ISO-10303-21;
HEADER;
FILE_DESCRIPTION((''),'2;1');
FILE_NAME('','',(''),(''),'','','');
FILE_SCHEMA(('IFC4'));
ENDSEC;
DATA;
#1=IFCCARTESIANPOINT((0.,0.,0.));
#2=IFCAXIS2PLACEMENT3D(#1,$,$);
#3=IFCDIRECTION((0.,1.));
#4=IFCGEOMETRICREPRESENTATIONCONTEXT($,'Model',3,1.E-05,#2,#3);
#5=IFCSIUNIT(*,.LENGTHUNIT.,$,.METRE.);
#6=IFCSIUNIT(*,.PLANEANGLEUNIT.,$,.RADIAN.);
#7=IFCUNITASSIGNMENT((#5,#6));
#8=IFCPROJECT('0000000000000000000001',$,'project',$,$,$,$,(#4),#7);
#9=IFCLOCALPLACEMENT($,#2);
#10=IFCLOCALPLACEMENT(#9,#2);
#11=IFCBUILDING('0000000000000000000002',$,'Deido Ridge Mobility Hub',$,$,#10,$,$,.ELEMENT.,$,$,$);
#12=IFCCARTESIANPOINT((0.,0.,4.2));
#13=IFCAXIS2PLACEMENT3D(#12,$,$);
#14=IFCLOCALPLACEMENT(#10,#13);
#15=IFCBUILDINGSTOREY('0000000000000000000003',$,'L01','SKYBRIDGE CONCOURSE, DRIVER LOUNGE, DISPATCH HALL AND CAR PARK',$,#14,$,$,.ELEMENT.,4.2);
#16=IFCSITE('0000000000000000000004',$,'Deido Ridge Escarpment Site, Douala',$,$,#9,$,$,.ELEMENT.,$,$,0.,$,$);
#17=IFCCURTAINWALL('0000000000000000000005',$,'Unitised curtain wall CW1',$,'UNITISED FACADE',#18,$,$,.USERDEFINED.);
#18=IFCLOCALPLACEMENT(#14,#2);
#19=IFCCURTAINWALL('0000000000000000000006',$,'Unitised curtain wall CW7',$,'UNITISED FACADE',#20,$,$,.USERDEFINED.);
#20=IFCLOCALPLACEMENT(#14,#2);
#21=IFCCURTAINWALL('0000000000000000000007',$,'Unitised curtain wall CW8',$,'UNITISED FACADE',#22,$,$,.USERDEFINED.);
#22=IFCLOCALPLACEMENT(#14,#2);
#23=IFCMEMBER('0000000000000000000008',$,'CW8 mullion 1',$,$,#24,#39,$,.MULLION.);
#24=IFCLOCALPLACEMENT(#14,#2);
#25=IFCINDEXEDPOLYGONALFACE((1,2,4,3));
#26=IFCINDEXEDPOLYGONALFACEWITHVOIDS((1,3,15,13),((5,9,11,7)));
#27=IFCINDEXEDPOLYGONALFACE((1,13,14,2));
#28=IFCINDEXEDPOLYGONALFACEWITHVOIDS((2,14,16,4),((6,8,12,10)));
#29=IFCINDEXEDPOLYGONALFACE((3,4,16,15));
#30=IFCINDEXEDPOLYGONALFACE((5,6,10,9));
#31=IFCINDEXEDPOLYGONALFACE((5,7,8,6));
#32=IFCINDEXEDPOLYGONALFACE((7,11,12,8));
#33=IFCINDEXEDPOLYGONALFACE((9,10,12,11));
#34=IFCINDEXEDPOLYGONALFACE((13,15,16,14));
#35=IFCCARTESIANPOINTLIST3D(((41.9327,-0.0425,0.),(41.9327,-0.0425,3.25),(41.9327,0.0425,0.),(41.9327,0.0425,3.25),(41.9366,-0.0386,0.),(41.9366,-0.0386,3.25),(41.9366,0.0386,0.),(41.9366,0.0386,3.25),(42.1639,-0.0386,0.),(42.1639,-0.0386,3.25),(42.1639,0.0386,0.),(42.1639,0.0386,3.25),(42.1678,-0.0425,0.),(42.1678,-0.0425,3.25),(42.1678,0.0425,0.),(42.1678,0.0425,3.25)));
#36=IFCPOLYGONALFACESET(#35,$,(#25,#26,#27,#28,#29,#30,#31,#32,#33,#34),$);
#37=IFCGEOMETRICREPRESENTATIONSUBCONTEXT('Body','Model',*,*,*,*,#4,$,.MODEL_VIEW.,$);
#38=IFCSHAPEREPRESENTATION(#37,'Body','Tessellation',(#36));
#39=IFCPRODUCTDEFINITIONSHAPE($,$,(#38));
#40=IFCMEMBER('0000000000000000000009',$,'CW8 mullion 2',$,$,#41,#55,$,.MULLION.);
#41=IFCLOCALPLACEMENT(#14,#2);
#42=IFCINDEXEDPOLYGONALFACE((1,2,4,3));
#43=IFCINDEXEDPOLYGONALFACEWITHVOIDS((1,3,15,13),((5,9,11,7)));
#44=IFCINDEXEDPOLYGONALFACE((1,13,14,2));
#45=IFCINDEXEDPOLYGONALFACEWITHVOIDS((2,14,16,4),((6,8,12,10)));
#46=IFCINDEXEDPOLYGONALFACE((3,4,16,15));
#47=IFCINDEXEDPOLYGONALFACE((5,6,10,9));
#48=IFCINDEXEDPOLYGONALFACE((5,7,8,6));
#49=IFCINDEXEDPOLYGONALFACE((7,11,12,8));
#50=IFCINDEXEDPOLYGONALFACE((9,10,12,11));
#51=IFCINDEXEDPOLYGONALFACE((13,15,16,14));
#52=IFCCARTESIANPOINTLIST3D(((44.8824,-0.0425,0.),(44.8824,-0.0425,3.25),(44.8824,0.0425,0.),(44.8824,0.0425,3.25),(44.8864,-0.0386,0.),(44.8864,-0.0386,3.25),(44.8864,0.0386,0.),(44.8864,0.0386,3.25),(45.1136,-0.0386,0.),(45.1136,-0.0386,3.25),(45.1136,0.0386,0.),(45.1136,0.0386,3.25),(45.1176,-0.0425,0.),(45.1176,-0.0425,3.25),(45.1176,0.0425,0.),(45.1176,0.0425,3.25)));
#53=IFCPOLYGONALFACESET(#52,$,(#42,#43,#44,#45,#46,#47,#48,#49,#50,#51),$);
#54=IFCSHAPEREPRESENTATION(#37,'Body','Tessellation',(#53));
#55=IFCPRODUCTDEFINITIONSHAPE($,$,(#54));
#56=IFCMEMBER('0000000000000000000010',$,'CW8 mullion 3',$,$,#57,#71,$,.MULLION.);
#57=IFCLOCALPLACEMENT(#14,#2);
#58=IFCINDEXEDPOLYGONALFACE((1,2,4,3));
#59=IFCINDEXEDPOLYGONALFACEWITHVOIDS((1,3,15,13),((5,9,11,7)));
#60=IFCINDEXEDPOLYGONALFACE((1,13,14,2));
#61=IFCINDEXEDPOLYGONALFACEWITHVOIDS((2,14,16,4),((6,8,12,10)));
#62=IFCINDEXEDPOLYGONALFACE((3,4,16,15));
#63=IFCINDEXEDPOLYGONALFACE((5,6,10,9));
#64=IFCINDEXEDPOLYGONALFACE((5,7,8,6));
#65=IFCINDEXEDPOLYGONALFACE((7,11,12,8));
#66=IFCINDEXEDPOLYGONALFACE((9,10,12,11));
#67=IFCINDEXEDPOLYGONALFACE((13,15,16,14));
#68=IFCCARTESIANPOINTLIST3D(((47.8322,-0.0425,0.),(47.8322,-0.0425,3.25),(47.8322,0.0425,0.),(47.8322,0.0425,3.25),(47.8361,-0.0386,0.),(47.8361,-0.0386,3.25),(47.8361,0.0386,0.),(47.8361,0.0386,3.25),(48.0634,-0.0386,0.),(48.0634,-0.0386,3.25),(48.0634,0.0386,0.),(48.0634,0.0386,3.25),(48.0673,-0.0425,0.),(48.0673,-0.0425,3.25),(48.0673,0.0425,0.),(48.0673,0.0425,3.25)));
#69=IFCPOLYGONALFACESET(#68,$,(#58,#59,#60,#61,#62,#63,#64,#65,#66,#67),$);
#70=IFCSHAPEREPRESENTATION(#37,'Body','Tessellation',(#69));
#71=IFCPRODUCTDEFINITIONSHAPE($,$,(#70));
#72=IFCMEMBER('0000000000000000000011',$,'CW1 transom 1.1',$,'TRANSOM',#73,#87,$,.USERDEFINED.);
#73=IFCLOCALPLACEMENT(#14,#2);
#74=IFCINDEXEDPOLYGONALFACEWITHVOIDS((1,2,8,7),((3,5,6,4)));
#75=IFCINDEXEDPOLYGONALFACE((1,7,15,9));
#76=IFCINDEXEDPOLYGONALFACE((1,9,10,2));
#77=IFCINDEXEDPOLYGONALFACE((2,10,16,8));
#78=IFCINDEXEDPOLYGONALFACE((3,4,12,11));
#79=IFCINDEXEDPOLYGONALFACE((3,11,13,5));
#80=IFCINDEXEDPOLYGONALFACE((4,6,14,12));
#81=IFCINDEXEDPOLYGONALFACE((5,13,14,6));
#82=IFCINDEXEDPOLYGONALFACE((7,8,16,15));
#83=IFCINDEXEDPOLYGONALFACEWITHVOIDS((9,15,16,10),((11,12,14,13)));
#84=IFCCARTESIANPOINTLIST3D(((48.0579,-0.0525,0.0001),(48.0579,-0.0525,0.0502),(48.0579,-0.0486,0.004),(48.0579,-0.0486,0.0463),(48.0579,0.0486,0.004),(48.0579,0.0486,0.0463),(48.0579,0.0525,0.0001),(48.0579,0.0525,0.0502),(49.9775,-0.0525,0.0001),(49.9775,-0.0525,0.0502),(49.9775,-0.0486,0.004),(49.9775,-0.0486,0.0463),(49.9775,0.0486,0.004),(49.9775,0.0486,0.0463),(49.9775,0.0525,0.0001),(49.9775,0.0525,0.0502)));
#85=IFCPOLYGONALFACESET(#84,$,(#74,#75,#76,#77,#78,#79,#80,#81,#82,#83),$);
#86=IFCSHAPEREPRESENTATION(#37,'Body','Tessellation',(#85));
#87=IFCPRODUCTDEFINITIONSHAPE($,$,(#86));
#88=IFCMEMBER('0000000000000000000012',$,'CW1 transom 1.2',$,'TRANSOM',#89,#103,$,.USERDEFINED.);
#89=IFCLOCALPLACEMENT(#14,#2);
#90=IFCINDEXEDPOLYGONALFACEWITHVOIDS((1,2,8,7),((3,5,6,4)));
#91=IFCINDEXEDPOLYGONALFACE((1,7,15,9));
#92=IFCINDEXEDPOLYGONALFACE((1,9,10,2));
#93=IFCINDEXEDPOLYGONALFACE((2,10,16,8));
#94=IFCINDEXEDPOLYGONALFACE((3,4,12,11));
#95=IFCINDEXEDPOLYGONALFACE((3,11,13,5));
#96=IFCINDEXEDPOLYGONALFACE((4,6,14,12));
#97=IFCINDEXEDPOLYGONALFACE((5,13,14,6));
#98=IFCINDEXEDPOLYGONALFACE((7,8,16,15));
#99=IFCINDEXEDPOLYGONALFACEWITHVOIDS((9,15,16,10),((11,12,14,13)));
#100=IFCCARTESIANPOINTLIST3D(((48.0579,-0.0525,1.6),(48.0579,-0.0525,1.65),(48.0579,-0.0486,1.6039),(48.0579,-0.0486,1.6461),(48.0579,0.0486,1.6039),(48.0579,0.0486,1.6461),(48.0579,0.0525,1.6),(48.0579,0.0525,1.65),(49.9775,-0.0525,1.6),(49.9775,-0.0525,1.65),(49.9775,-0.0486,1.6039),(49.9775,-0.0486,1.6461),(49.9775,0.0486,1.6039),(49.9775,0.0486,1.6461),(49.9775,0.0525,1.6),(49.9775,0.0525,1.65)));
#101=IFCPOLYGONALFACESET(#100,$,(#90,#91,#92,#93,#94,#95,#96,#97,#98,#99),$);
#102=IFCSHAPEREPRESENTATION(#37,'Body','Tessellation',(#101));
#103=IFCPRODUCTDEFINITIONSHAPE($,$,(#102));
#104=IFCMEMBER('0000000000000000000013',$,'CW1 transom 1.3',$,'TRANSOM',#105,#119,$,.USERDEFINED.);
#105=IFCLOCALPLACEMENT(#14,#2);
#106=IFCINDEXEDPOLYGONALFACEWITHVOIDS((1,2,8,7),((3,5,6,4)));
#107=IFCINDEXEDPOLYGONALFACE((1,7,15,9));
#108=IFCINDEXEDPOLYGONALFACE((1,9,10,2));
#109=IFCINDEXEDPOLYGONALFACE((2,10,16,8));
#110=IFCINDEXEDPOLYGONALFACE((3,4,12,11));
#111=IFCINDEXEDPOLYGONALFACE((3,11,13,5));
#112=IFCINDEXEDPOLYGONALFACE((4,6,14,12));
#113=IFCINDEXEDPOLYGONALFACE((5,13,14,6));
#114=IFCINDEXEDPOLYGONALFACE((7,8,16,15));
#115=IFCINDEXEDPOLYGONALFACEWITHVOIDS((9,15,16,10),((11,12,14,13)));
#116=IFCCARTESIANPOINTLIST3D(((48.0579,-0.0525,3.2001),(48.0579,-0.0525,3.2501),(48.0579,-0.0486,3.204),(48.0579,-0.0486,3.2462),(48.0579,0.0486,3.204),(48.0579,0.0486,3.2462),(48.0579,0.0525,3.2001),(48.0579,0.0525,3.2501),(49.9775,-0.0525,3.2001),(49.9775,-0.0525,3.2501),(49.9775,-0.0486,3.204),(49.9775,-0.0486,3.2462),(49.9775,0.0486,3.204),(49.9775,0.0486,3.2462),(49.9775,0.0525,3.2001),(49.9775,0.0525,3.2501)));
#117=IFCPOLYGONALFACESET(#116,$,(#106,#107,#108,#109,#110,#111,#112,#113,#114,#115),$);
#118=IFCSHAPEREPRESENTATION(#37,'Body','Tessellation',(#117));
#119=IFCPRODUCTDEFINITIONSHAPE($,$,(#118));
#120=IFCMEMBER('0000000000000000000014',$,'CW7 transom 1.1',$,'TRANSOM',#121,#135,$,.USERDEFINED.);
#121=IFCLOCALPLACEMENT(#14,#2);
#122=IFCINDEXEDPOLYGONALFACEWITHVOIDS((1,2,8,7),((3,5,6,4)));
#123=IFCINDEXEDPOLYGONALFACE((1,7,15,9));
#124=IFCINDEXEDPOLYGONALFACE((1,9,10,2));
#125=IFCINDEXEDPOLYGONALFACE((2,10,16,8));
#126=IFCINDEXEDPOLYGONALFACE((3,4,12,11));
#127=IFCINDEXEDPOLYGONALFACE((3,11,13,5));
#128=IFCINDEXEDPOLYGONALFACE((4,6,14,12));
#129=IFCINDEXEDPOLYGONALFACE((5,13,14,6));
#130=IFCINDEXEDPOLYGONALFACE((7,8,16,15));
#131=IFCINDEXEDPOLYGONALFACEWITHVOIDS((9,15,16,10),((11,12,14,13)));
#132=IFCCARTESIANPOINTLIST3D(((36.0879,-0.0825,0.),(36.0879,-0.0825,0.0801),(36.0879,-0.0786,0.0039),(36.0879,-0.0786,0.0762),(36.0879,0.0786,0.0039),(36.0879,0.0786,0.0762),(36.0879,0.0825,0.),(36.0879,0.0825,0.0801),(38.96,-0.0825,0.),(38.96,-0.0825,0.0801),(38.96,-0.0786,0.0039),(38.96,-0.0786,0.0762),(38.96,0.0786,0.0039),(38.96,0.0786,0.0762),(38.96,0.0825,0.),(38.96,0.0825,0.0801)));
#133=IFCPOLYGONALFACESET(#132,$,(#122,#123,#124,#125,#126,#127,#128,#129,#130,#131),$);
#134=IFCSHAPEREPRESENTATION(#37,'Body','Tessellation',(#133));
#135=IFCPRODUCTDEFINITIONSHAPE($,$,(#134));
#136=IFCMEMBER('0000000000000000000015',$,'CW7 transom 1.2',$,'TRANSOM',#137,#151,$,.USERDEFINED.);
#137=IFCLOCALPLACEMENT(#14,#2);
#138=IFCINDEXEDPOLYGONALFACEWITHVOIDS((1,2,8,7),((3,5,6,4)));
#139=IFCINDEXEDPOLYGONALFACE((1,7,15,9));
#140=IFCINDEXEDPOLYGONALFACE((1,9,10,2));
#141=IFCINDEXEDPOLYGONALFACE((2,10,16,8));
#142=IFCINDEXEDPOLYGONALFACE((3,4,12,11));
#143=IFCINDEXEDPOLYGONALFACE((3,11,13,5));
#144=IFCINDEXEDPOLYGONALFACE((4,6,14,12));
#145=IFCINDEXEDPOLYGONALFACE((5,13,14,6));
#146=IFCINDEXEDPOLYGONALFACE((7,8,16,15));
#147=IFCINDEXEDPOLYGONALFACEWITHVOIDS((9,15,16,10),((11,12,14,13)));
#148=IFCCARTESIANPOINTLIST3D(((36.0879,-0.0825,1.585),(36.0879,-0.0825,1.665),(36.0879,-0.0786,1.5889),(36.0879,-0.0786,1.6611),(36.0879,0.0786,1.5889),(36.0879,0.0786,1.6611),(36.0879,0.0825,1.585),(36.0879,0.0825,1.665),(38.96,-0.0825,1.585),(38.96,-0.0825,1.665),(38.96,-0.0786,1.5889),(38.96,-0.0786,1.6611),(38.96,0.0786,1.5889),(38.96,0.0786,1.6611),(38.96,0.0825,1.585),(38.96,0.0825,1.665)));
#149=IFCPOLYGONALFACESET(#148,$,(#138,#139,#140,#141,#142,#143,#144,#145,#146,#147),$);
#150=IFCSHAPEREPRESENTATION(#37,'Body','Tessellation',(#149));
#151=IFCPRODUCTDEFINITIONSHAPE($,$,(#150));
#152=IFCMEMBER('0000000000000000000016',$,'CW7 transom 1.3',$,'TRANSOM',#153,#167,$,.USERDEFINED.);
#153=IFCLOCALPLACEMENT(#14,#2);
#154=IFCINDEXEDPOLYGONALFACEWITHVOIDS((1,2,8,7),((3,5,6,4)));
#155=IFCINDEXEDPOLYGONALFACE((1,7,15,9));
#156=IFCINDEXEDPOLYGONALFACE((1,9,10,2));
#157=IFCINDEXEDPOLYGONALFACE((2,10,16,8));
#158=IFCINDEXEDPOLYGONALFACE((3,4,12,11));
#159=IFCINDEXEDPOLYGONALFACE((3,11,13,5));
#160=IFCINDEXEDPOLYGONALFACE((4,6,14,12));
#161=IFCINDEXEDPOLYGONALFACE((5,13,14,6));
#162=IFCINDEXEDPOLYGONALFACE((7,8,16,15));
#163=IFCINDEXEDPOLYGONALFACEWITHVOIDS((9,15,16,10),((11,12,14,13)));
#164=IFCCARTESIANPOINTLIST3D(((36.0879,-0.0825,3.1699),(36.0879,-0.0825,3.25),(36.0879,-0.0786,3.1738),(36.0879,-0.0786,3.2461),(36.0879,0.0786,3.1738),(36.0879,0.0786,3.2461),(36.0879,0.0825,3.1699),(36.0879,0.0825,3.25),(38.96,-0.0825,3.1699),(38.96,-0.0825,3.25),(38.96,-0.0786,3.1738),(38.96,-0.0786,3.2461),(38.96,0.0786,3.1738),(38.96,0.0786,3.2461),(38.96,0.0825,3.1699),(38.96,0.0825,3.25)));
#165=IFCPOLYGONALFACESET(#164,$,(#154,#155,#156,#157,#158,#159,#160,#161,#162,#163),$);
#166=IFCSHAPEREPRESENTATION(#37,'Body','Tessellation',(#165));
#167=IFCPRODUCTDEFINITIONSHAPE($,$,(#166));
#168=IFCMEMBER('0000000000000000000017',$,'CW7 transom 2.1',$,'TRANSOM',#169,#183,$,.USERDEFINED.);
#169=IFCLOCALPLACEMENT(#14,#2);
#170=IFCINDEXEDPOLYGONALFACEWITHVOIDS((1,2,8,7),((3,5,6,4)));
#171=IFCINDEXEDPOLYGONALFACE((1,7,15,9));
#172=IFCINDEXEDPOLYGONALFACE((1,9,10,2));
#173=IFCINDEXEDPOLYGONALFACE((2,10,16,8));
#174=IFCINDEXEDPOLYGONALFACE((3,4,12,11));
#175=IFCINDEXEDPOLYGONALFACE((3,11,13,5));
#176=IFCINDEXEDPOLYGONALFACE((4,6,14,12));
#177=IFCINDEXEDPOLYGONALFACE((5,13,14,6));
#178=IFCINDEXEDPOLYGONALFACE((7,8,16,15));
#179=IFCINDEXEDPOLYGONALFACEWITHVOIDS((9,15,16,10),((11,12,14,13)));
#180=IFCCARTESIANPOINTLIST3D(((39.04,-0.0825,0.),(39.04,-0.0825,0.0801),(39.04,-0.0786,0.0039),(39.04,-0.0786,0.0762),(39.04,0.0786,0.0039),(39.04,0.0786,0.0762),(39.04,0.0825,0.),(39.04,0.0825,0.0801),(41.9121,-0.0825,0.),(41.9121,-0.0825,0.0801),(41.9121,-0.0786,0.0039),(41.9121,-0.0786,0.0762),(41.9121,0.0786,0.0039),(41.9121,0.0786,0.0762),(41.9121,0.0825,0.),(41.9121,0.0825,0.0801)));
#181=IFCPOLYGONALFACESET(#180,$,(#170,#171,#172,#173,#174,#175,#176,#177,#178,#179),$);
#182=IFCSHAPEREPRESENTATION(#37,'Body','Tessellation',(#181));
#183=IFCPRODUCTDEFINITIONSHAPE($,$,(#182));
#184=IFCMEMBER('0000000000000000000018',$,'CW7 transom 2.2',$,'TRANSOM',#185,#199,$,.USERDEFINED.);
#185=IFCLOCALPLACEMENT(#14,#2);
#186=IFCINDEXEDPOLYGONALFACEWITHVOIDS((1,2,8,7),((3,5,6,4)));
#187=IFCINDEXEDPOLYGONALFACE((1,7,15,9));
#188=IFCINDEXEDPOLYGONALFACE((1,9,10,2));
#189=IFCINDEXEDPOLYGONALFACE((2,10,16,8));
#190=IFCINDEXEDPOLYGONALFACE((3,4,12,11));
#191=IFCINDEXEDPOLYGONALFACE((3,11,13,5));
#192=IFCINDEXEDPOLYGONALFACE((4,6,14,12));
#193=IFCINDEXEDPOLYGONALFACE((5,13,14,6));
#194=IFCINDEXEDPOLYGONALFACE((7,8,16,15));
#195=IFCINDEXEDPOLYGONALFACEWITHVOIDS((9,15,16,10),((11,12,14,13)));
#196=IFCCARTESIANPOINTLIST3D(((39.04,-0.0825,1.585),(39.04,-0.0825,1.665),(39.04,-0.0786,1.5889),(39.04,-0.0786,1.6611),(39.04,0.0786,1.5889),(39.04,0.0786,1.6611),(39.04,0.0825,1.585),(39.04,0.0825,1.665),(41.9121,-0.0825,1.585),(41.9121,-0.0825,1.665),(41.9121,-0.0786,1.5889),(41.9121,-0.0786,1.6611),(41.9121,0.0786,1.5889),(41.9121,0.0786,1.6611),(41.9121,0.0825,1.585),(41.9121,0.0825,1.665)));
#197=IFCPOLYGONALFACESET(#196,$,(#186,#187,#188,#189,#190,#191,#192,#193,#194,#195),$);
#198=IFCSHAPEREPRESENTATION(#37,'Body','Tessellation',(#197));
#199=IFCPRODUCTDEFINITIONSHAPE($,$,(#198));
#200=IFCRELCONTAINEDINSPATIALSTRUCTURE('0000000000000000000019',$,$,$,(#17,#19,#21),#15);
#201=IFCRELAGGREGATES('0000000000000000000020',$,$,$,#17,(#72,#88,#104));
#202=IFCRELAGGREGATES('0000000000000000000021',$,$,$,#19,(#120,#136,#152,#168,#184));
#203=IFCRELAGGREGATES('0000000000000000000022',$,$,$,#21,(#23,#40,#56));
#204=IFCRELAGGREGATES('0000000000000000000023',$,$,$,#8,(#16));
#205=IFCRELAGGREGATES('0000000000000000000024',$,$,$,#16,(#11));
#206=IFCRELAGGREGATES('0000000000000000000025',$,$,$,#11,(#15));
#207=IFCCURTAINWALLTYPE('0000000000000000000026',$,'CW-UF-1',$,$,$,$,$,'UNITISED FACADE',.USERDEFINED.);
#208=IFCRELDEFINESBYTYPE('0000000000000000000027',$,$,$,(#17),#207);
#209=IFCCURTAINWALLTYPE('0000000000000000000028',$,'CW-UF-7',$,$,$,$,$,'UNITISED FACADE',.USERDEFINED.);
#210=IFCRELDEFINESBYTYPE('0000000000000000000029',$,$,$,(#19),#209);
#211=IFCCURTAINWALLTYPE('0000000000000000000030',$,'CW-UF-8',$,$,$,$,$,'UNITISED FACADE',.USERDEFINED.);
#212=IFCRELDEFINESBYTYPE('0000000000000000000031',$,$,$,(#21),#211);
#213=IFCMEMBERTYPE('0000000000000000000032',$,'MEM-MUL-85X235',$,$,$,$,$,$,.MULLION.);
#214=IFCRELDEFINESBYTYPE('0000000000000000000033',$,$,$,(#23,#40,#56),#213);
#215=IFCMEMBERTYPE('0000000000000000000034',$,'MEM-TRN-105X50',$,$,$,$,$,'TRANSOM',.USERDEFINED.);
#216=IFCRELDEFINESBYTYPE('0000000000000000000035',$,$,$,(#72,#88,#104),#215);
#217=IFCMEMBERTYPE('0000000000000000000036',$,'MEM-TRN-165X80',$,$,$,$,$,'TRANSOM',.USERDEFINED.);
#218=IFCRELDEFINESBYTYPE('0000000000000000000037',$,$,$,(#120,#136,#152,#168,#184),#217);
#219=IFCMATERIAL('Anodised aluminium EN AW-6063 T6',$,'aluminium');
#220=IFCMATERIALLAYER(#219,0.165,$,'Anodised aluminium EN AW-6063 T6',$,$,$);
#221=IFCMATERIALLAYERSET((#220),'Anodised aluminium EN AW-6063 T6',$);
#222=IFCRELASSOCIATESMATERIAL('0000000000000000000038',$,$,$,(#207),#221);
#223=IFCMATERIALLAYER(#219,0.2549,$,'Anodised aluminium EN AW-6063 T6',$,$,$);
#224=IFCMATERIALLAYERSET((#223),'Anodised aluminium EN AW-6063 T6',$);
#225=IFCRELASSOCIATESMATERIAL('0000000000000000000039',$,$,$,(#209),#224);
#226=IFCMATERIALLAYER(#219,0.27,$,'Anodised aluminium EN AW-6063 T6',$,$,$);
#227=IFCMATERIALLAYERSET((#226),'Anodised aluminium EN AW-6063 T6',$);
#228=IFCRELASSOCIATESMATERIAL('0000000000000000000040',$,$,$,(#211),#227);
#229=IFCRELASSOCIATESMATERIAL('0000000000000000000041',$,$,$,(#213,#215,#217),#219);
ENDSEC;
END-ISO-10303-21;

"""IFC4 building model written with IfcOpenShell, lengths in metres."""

from ifc_helpers import new_model, si_unit, direction, frame, origin, origin_2d, place, context, subcontext, project, spatial, hollow_rectangle, extrude, material, layer, layer_set, material_profile, profile_set, type_object, element, aggregate, save


model = new_model("IFC4")

# Units and contexts
model_context = context("Model", 3, precision=1e-05, world=origin(), true_north=direction((0.0, 1.0)))
body_context = subcontext(model_context, "Body", "Model", "MODEL_VIEW")
ifc_project = project(units=[si_unit("LENGTHUNIT", "METRE"), si_unit("PLANEANGLEUNIT", "RADIAN")], contexts=[model_context])

# Site, building, storey
site_placement = place(None, origin())
site = spatial("IfcSite", under=ifc_project, at=site_placement, Name="Deido Ridge Escarpment Site, Douala", CompositionType="ELEMENT", RefElevation=0.0)
building_placement = place(site_placement, origin())
building = spatial("IfcBuilding", under=site, at=building_placement, Name="Deido Ridge Mobility Hub", CompositionType="ELEMENT")
storey_placement = place(building_placement, frame((0.0, 0.0, 4.2)))
storey = spatial("IfcBuildingStorey", under=building, at=storey_placement, Name="L01", Description="SKYBRIDGE CONCOURSE, DRIVER LOUNGE, DISPATCH HALL AND CAR PARK", CompositionType="ELEMENT", Elevation=4.2)

# Curtain walls, members
ifc_material_1 = material(Name="Anodised aluminium EN AW-6063 T6", Category="aluminium")
ifc_layer_1 = layer(ifc_material_1, 0.165, Name="Anodised aluminium EN AW-6063 T6")
ifc_layer_set_1 = layer_set([ifc_layer_1], Name="Anodised aluminium EN AW-6063 T6")
curtain_wall_type_1 = type_object("IfcCurtainWallType", Name="CW-UF-1", ElementType="UNITISED FACADE", PredefinedType="USERDEFINED", material=ifc_layer_set_1)
curtain_wall_1_placement = place(storey_placement, origin())
curtain_wall_1 = element("IfcCurtainWall", 1, at=curtain_wall_1_placement, inside=storey, type_object=curtain_wall_type_1, Name="Unitised curtain wall CW1", ObjectType="UNITISED FACADE", PredefinedType="USERDEFINED")
ifc_layer_2 = layer(ifc_material_1, 0.2549, Name="Anodised aluminium EN AW-6063 T6")
ifc_layer_set_2 = layer_set([ifc_layer_2], Name="Anodised aluminium EN AW-6063 T6")
curtain_wall_type_2 = type_object("IfcCurtainWallType", Name="CW-UF-7", ElementType="UNITISED FACADE", PredefinedType="USERDEFINED", material=ifc_layer_set_2)
curtain_wall_2_placement = place(storey_placement, origin())
curtain_wall_2 = element("IfcCurtainWall", 2, at=curtain_wall_2_placement, inside=storey, type_object=curtain_wall_type_2, Name="Unitised curtain wall CW7", ObjectType="UNITISED FACADE", PredefinedType="USERDEFINED")
ifc_layer_3 = layer(ifc_material_1, 0.27, Name="Anodised aluminium EN AW-6063 T6")
ifc_layer_set_3 = layer_set([ifc_layer_3], Name="Anodised aluminium EN AW-6063 T6")
curtain_wall_type_3 = type_object("IfcCurtainWallType", Name="CW-UF-8", ElementType="UNITISED FACADE", PredefinedType="USERDEFINED", material=ifc_layer_set_3)
curtain_wall_3_placement = place(storey_placement, origin())
curtain_wall_3 = element("IfcCurtainWall", 3, at=curtain_wall_3_placement, inside=storey, type_object=curtain_wall_type_3, Name="Unitised curtain wall CW8", ObjectType="UNITISED FACADE", PredefinedType="USERDEFINED")
ifc_material_profile_1 = material_profile(ifc_material_1, hollow_rectangle(XDim=0.085, YDim=0.2351, WallThickness=0.0039, at=origin_2d()), Name="RHS 85x235x4")
ifc_profile_set_1 = profile_set([ifc_material_profile_1], Name="Anodised aluminium EN AW-6063 T6")
member_type_1 = type_object("IfcMemberType", Name="MEM-MUL-85X235", PredefinedType="MULLION", material=ifc_profile_set_1)
member_1_placement = place(storey_placement, frame((42.0503, 0.0, 0.0), z_axis=(0.0, 0.0, 1.0), x_axis=(0.0, 1.0, 0.0)))
member_1 = element("IfcMember", 4, at=member_1_placement, type_object=member_type_1, Name="CW8 mullion 1", PredefinedType="MULLION", context=body_context, shape_type="SweptSolid", body=[
    extrude(hollow_rectangle(XDim=0.085, YDim=0.2351, WallThickness=0.0039, at=origin_2d()), origin(), (0.0, 0.0, 1.0), 3.25),
])
member_2_placement = place(storey_placement, frame((45.0, 0.0, 0.0), z_axis=(0.0, 0.0, 1.0), x_axis=(0.0, 1.0, 0.0)))
member_2 = element("IfcMember", 5, at=member_2_placement, type_object=member_type_1, Name="CW8 mullion 2", PredefinedType="MULLION", context=body_context, shape_type="SweptSolid", body=[
    extrude(hollow_rectangle(XDim=0.085, YDim=0.2351, WallThickness=0.0039, at=origin_2d()), origin(), (0.0, 0.0, 1.0), 3.25),
])
member_3_placement = place(storey_placement, frame((47.9497, 0.0, 0.0), z_axis=(0.0, 0.0, 1.0), x_axis=(0.0, 1.0, 0.0)))
member_3 = element("IfcMember", 6, at=member_3_placement, type_object=member_type_1, Name="CW8 mullion 3", PredefinedType="MULLION", context=body_context, shape_type="SweptSolid", body=[
    extrude(hollow_rectangle(XDim=0.085, YDim=0.2351, WallThickness=0.0039, at=origin_2d()), origin(), (0.0, 0.0, 1.0), 3.25),
])

# Members
ifc_material_profile_2 = material_profile(ifc_material_1, hollow_rectangle(XDim=0.105, YDim=0.05, WallThickness=0.0039, at=origin_2d()), Name="RHS 105x50x4")
ifc_profile_set_2 = profile_set([ifc_material_profile_2], Name="Anodised aluminium EN AW-6063 T6")
member_type_2 = type_object("IfcMemberType", Name="MEM-TRN-105X50", ElementType="TRANSOM", PredefinedType="USERDEFINED", material=ifc_profile_set_2)
member_4_placement = place(storey_placement, frame((48.0579, 0.0, 0.0251), z_axis=(1.0, 0.0, 0.0), x_axis=(0.0, 1.0, 0.0)))
member_4 = element("IfcMember", 7, at=member_4_placement, type_object=member_type_2, Name="CW1 transom 1.1", ObjectType="TRANSOM", PredefinedType="USERDEFINED", context=body_context, shape_type="SweptSolid", body=[
    extrude(hollow_rectangle(XDim=0.105, YDim=0.05, WallThickness=0.0039, at=origin_2d()), origin(), (0.0, 0.0, 1.0), 1.9197),
])
member_5_placement = place(storey_placement, frame((48.0579, 0.0, 1.625), z_axis=(1.0, 0.0, 0.0), x_axis=(0.0, 1.0, 0.0)))
member_5 = element("IfcMember", 8, at=member_5_placement, type_object=member_type_2, Name="CW1 transom 1.2", ObjectType="TRANSOM", PredefinedType="USERDEFINED", context=body_context, shape_type="SweptSolid", body=[
    extrude(hollow_rectangle(XDim=0.105, YDim=0.05, WallThickness=0.0039, at=origin_2d()), origin(), (0.0, 0.0, 1.0), 1.9197),
])
member_6_placement = place(storey_placement, frame((48.0579, 0.0, 3.2251), z_axis=(1.0, 0.0, 0.0), x_axis=(0.0, 1.0, 0.0)))
member_6 = element("IfcMember", 9, at=member_6_placement, type_object=member_type_2, Name="CW1 transom 1.3", ObjectType="TRANSOM", PredefinedType="USERDEFINED", context=body_context, shape_type="SweptSolid", body=[
    extrude(hollow_rectangle(XDim=0.105, YDim=0.05, WallThickness=0.0039, at=origin_2d()), origin(), (0.0, 0.0, 1.0), 1.9197),
])
ifc_material_profile_3 = material_profile(ifc_material_1, hollow_rectangle(XDim=0.165, YDim=0.0801, WallThickness=0.0039, at=origin_2d()), Name="RHS 165x80x4")
ifc_profile_set_3 = profile_set([ifc_material_profile_3], Name="Anodised aluminium EN AW-6063 T6")
member_type_3 = type_object("IfcMemberType", Name="MEM-TRN-165X80", ElementType="TRANSOM", PredefinedType="USERDEFINED", material=ifc_profile_set_3)
member_7_placement = place(storey_placement, frame((36.0879, 0.0, 0.04), z_axis=(1.0, 0.0, 0.0), x_axis=(0.0, 1.0, 0.0)))
member_7 = element("IfcMember", 10, at=member_7_placement, type_object=member_type_3, Name="CW7 transom 1.1", ObjectType="TRANSOM", PredefinedType="USERDEFINED", context=body_context, shape_type="SweptSolid", body=[
    extrude(hollow_rectangle(XDim=0.165, YDim=0.0801, WallThickness=0.0039, at=origin_2d()), origin(), (0.0, 0.0, 1.0), 2.8721),
])
member_8_placement = place(storey_placement, frame((36.0879, 0.0, 1.625), z_axis=(1.0, 0.0, 0.0), x_axis=(0.0, 1.0, 0.0)))
member_8 = element("IfcMember", 11, at=member_8_placement, type_object=member_type_3, Name="CW7 transom 1.2", ObjectType="TRANSOM", PredefinedType="USERDEFINED", context=body_context, shape_type="SweptSolid", body=[
    extrude(hollow_rectangle(XDim=0.165, YDim=0.0801, WallThickness=0.0039, at=origin_2d()), origin(), (0.0, 0.0, 1.0), 2.8721),
])
member_9_placement = place(storey_placement, frame((36.0879, 0.0, 3.21), z_axis=(1.0, 0.0, 0.0), x_axis=(0.0, 1.0, 0.0)))
member_9 = element("IfcMember", 12, at=member_9_placement, type_object=member_type_3, Name="CW7 transom 1.3", ObjectType="TRANSOM", PredefinedType="USERDEFINED", context=body_context, shape_type="SweptSolid", body=[
    extrude(hollow_rectangle(XDim=0.165, YDim=0.0801, WallThickness=0.0039, at=origin_2d()), origin(), (0.0, 0.0, 1.0), 2.8721),
])
member_10_placement = place(storey_placement, frame((39.04, 0.0, 0.04), z_axis=(1.0, 0.0, 0.0), x_axis=(0.0, 1.0, 0.0)))
member_10 = element("IfcMember", 13, at=member_10_placement, type_object=member_type_3, Name="CW7 transom 2.1", ObjectType="TRANSOM", PredefinedType="USERDEFINED", context=body_context, shape_type="SweptSolid", body=[
    extrude(hollow_rectangle(XDim=0.165, YDim=0.0801, WallThickness=0.0039, at=origin_2d()), origin(), (0.0, 0.0, 1.0), 2.8721),
])
member_11_placement = place(storey_placement, frame((39.04, 0.0, 1.625), z_axis=(1.0, 0.0, 0.0), x_axis=(0.0, 1.0, 0.0)))
member_11 = element("IfcMember", 14, at=member_11_placement, type_object=member_type_3, Name="CW7 transom 2.2", ObjectType="TRANSOM", PredefinedType="USERDEFINED", context=body_context, shape_type="SweptSolid", body=[
    extrude(hollow_rectangle(XDim=0.165, YDim=0.0801, WallThickness=0.0039, at=origin_2d()), origin(), (0.0, 0.0, 1.0), 2.8721),
])

aggregate(curtain_wall_1, [member_4, member_5, member_6])
aggregate(curtain_wall_2, [member_7, member_8, member_9, member_10, member_11])
aggregate(curtain_wall_3, [member_1, member_2, member_3])

save(model, "model.ifc")
